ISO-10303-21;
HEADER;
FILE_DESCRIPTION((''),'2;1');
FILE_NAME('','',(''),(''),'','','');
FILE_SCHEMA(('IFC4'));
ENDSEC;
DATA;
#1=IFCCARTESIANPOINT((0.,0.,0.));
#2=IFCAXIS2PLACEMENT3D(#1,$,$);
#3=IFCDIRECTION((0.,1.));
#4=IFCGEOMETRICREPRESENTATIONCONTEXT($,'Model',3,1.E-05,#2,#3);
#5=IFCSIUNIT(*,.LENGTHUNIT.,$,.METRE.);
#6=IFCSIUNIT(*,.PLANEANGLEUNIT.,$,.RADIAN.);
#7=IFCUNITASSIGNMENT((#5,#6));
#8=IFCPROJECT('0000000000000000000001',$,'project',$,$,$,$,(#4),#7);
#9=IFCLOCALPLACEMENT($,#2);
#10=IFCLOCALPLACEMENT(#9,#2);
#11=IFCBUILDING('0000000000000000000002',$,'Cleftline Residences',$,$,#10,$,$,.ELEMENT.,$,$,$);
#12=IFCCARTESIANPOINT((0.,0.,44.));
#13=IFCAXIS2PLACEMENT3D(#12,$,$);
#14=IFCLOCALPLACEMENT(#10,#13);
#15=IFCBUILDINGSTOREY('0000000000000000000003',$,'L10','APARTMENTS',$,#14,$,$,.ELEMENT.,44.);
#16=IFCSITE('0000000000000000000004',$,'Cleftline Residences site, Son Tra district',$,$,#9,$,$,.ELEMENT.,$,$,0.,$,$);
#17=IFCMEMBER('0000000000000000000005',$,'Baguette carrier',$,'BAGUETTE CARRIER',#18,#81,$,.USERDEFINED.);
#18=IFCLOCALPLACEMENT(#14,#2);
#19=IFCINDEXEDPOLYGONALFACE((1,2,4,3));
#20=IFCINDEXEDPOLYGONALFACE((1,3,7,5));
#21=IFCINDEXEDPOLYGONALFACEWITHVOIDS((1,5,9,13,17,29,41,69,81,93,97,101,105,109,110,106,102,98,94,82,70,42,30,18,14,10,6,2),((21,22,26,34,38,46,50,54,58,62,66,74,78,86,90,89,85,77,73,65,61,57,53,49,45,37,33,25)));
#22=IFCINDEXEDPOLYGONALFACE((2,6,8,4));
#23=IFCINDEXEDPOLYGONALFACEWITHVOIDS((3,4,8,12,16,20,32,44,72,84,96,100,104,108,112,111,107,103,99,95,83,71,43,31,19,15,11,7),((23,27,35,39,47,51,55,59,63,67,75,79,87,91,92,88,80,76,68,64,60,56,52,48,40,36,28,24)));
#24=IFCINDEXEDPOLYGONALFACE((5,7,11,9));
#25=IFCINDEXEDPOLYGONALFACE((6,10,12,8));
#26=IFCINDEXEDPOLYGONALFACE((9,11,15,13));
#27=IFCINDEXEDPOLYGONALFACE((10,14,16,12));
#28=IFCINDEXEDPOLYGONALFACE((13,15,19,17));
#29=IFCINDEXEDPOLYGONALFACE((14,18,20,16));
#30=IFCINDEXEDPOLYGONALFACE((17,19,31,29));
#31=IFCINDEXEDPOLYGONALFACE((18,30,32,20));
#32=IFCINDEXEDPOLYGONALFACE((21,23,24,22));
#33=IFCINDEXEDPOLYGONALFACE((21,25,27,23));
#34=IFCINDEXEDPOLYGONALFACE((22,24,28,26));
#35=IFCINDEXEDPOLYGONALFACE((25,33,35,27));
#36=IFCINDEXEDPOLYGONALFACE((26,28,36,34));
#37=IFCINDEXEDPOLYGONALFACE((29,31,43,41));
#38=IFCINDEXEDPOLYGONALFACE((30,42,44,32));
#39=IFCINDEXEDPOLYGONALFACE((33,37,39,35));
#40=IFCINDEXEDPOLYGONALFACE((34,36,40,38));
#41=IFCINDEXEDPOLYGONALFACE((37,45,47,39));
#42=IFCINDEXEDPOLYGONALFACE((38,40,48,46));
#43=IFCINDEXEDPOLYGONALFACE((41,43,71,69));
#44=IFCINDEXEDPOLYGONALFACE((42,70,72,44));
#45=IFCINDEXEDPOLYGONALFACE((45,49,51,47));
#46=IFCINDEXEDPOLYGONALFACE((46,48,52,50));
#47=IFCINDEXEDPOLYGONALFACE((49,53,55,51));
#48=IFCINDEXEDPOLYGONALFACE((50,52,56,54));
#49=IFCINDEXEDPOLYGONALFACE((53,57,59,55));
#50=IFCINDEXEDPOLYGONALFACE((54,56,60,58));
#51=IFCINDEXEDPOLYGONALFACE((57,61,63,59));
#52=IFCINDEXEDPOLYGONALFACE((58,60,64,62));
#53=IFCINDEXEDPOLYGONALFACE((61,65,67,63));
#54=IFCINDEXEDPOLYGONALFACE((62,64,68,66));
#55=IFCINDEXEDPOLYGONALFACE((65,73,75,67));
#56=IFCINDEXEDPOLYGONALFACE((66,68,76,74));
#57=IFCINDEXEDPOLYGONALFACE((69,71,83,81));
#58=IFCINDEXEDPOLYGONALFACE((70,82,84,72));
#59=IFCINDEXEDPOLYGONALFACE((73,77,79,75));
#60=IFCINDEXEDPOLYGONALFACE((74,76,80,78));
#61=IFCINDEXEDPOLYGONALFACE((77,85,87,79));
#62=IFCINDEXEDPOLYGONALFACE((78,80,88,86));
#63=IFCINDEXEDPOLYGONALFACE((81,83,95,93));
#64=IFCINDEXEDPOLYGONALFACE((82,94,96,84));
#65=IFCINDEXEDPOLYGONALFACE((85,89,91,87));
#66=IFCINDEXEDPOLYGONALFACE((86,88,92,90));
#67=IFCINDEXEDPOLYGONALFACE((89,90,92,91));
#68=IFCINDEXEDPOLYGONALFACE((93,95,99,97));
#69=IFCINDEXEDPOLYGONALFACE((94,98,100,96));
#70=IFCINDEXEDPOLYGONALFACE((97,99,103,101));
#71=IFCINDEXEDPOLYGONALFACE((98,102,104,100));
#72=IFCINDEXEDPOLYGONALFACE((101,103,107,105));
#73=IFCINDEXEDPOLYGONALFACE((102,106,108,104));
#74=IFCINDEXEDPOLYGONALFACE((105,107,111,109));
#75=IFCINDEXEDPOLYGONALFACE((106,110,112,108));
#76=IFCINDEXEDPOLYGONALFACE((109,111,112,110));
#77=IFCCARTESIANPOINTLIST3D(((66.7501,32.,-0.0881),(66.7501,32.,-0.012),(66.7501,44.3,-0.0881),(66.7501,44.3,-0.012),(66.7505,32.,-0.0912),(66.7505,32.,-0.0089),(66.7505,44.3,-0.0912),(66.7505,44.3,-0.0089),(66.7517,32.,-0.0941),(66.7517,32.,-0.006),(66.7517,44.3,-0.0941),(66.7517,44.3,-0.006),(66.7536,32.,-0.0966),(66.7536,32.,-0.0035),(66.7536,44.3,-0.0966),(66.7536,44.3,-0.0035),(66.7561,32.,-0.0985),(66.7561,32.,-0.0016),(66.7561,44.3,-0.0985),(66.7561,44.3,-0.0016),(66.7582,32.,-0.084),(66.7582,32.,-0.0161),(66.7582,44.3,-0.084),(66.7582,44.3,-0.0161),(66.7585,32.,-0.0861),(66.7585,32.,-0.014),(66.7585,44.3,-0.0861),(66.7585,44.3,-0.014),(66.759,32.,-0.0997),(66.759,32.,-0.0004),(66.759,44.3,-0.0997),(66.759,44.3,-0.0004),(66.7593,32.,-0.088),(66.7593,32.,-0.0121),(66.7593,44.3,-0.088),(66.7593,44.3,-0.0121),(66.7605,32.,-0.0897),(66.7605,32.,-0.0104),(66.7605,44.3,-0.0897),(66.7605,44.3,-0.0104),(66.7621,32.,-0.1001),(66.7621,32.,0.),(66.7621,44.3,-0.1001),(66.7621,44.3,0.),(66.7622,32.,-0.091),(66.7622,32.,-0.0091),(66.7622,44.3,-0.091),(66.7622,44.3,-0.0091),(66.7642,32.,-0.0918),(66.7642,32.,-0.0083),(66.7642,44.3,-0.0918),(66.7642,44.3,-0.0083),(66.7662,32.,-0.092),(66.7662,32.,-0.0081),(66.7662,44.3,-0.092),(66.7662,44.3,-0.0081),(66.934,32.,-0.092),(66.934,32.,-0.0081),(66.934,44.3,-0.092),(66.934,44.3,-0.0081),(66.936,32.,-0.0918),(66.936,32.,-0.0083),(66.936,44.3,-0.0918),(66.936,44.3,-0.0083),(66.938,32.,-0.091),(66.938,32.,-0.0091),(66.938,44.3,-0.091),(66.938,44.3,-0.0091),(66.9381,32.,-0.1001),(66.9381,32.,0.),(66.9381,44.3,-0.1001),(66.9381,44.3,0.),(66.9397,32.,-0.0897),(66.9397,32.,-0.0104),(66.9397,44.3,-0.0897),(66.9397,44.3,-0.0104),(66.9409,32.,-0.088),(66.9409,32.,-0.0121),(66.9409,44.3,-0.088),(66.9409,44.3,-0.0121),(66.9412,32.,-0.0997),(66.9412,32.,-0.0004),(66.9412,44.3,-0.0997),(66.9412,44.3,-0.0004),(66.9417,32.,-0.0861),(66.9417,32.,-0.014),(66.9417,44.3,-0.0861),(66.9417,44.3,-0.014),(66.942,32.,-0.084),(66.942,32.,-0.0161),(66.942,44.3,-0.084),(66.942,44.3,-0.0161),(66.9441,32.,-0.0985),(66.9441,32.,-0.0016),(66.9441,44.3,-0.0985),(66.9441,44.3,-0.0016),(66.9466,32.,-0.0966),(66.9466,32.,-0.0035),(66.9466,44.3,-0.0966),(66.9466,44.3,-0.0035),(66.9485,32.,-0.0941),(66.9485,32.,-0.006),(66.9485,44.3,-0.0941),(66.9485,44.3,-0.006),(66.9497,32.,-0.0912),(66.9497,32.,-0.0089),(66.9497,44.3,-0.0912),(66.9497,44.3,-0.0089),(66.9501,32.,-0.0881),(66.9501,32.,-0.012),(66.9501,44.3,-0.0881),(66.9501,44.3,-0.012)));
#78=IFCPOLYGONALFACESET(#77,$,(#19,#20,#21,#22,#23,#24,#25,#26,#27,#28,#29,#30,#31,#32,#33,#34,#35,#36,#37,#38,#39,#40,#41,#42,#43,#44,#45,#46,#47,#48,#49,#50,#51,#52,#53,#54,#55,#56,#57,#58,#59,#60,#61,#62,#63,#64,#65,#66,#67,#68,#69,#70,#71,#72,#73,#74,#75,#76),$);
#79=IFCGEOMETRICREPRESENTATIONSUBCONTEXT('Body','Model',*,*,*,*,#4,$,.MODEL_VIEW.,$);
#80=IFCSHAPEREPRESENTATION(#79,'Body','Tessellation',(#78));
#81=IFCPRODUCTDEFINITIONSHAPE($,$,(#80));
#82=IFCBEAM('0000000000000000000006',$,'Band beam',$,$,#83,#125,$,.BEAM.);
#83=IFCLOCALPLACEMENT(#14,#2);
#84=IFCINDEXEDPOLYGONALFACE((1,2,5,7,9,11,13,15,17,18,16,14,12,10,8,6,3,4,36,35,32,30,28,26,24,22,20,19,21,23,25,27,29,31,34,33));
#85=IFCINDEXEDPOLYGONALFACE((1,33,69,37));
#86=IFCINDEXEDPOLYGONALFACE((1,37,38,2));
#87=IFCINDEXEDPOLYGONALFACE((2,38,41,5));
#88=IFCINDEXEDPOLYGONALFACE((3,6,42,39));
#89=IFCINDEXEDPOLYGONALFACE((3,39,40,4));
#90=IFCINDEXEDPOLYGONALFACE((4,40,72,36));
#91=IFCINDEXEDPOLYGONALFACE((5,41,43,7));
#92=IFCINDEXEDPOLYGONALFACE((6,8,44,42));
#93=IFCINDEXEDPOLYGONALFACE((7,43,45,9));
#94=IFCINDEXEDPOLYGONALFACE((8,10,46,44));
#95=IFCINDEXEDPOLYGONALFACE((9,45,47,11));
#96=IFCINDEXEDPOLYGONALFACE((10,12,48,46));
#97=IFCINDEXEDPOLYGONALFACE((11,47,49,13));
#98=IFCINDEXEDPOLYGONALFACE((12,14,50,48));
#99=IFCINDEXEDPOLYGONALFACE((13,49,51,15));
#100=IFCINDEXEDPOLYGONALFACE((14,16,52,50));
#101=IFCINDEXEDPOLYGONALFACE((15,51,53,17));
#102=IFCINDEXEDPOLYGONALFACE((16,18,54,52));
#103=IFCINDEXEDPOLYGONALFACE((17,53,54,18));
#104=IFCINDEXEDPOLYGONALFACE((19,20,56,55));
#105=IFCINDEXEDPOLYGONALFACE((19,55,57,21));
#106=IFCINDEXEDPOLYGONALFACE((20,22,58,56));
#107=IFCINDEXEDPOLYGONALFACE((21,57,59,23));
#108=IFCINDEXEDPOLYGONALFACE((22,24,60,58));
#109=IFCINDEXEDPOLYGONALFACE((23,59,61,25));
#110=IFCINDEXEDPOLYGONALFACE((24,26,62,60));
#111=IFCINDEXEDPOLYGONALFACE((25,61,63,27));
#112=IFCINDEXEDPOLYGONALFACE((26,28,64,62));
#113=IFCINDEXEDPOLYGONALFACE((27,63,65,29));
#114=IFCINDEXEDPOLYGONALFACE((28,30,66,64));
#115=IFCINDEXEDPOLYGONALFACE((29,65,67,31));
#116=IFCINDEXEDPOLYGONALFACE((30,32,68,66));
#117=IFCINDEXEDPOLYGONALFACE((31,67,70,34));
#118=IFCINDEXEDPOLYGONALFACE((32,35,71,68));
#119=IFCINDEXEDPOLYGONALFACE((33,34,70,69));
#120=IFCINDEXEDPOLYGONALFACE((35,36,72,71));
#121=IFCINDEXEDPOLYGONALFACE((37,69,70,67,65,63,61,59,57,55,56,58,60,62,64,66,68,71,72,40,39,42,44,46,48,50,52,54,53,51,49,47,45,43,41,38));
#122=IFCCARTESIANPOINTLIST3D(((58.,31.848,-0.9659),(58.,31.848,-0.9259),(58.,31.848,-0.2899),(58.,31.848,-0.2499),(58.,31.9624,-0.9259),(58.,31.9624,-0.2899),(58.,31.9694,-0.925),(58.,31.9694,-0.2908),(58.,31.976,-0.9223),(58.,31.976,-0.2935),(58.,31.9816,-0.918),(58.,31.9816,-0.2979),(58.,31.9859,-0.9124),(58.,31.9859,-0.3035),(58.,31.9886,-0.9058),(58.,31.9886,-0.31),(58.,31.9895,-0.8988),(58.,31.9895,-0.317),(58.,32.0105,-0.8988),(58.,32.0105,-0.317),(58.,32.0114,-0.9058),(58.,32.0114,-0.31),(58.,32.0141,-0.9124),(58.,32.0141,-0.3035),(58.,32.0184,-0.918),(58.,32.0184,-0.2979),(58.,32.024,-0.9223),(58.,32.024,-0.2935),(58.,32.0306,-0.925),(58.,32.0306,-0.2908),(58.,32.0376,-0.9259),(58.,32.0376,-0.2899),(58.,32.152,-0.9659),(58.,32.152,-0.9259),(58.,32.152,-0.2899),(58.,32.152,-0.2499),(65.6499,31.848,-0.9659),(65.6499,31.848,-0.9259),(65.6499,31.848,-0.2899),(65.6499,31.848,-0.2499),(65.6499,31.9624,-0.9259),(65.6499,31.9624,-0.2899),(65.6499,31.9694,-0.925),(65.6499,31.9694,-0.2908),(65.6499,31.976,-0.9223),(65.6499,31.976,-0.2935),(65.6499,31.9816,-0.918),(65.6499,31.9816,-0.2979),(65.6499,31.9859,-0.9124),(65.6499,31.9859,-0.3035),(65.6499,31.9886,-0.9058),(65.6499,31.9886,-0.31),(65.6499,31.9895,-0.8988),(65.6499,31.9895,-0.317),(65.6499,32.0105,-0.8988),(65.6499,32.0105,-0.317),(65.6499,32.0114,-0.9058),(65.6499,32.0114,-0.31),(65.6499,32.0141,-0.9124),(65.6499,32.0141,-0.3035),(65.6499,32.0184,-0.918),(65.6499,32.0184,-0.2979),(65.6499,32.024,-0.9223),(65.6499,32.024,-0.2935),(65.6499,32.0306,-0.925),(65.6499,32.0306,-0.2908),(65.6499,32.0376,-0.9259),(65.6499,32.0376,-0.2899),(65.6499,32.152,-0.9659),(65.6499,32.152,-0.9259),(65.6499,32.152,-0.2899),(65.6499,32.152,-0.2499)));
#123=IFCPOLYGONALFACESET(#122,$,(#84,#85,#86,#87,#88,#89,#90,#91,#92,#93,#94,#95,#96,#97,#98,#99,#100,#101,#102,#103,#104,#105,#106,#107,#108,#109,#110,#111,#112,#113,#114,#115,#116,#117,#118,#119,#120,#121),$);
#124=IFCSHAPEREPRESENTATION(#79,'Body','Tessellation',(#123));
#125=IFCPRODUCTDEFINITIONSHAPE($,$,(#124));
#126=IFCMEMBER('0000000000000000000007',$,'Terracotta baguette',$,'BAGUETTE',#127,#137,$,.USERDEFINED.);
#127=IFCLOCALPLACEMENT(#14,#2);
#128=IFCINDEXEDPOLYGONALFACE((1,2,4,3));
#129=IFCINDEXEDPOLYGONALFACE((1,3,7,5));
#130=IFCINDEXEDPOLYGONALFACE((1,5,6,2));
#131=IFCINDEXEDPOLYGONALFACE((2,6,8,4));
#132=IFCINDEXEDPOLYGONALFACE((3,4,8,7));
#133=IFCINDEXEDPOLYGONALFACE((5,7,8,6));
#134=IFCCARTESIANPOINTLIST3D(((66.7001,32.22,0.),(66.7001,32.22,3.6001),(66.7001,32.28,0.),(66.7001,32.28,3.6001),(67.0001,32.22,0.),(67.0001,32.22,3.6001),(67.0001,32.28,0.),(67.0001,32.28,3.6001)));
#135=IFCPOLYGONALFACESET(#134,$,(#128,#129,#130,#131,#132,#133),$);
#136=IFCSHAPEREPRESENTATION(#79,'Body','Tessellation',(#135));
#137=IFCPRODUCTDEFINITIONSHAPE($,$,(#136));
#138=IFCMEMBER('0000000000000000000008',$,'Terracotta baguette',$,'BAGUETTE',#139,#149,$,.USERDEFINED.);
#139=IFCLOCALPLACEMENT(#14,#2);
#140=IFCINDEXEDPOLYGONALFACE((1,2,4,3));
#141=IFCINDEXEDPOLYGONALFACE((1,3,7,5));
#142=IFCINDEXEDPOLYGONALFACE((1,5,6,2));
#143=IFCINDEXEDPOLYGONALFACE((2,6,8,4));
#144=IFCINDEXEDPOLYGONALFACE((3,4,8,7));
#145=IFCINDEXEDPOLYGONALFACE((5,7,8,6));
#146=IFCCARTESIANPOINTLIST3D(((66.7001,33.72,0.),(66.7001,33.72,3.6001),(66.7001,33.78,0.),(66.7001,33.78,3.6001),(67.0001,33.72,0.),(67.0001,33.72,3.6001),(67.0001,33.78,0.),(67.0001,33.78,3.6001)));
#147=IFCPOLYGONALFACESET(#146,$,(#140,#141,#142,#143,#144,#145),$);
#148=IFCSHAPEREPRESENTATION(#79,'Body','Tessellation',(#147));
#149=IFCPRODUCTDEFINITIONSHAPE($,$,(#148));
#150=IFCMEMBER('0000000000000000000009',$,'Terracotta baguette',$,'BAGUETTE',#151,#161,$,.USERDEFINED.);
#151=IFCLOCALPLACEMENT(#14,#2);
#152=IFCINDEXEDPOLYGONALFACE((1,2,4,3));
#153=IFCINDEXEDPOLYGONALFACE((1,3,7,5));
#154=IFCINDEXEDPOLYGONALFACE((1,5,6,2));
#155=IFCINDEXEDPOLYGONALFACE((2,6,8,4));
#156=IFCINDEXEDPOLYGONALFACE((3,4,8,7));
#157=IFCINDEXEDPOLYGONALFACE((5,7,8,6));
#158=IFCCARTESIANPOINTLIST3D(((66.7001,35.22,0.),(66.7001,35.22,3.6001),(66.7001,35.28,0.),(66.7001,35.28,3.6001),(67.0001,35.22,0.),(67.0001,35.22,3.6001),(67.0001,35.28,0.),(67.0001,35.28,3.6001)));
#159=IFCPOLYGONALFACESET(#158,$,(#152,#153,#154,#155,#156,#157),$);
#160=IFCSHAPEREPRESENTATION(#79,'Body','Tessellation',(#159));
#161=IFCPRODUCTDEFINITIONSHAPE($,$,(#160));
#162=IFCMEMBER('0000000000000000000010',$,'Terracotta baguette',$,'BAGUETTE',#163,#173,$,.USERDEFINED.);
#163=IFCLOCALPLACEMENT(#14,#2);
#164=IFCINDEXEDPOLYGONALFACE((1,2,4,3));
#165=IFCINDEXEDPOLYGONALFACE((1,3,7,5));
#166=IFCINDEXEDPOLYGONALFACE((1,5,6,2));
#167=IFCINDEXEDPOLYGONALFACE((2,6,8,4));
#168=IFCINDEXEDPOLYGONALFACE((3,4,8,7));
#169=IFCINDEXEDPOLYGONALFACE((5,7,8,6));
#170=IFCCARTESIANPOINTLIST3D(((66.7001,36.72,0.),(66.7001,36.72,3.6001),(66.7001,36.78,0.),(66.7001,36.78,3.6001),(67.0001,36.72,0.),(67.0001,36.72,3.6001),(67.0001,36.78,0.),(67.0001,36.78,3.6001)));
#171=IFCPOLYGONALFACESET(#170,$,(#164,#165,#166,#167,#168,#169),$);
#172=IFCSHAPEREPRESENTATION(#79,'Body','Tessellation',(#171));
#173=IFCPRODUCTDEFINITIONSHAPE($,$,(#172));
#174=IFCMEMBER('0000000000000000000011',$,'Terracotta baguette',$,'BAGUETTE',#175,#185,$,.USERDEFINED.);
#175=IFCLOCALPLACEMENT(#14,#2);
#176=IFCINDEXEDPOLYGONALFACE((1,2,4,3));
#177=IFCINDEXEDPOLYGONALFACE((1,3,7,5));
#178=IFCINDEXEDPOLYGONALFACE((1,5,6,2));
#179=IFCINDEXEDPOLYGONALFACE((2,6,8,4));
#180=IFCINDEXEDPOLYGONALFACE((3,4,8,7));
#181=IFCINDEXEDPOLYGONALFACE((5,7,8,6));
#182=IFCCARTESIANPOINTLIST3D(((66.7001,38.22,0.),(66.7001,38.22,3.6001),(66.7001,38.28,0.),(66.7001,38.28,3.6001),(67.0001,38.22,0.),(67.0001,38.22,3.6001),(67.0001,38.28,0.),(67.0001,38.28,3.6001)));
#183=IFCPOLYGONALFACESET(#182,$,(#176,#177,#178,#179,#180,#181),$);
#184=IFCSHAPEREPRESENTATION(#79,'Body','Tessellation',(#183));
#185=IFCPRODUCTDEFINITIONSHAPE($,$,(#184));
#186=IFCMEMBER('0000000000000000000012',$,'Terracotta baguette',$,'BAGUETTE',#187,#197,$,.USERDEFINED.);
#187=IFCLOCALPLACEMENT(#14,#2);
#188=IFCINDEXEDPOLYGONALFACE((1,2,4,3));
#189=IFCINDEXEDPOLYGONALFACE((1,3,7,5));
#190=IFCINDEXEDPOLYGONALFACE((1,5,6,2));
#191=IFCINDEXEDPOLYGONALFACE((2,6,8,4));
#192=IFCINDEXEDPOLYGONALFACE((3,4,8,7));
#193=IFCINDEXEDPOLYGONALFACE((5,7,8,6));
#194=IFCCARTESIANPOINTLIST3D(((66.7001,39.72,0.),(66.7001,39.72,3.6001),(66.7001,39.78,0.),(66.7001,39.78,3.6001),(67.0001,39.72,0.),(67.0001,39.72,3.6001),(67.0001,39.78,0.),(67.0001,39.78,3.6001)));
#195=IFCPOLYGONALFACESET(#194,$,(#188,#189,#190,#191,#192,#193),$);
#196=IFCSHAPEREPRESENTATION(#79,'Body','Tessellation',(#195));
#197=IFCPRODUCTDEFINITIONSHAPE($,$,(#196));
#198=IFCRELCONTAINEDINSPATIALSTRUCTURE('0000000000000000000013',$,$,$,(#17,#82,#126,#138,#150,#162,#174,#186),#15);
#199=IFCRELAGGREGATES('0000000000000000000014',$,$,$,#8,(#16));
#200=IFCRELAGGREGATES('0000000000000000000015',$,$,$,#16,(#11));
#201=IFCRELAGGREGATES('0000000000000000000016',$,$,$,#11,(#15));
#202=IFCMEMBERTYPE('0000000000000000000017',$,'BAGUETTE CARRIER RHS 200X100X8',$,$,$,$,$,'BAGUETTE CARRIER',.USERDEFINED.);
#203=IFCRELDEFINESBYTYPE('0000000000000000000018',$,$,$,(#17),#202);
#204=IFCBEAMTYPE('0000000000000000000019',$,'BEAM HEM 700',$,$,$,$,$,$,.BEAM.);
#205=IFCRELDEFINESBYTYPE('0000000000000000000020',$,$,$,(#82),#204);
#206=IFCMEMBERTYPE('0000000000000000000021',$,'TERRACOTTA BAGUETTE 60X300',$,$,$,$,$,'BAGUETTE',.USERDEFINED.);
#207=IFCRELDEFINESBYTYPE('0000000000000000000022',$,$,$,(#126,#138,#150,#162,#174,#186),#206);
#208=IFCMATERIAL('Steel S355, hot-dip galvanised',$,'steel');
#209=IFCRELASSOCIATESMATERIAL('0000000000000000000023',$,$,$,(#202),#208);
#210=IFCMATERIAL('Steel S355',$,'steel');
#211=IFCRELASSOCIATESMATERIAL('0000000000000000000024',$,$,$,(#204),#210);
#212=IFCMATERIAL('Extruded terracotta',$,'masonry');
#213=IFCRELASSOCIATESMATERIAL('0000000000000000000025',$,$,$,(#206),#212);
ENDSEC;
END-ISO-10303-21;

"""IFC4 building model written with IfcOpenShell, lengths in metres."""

from ifc_helpers import new_model, si_unit, direction, frame, origin, origin_2d, place, context, subcontext, project, spatial, rectangle, hollow_rectangle, i_section, extrude, material, material_profile, profile_set, type_object, element, save


model = new_model("IFC4")

# Units and contexts
model_context = context("Model", 3, precision=1e-05, world=origin(), true_north=direction((0.0, 1.0)))
body_context = subcontext(model_context, "Body", "Model", "MODEL_VIEW")
ifc_project = project(units=[si_unit("LENGTHUNIT", "METRE"), si_unit("PLANEANGLEUNIT", "RADIAN")], contexts=[model_context])

# Site, building, storey
site_placement = place(None, origin())
site = spatial("IfcSite", under=ifc_project, at=site_placement, Name="Cleftline Residences site, Son Tra district", CompositionType="ELEMENT", RefElevation=0.0)
building_placement = place(site_placement, origin())
building = spatial("IfcBuilding", under=site, at=building_placement, Name="Cleftline Residences", CompositionType="ELEMENT")
storey_placement = place(building_placement, frame((0.0, 0.0, 44.0)))
storey = spatial("IfcBuildingStorey", under=building, at=storey_placement, Name="L10", Description="APARTMENTS", CompositionType="ELEMENT", Elevation=44.0)

# Member
ifc_material_1 = material(Name="Steel S355, hot-dip galvanised", Category="steel")
ifc_material_profile_1 = material_profile(ifc_material_1, hollow_rectangle(XDim=0.1001, YDim=0.2, WallThickness=0.0081, InnerFilletRadius=0.0081, OuterFilletRadius=0.012, at=origin_2d()))
ifc_profile_set_1 = profile_set([ifc_material_profile_1], Name="Steel S355, hot-dip galvanised")
member_type_1 = type_object("IfcMemberType", Name="BAGUETTE CARRIER RHS 200X100X8", ElementType="BAGUETTE CARRIER", PredefinedType="USERDEFINED", material=ifc_profile_set_1)
member_placement = place(storey_placement, frame((66.8501, 32.0, -0.05), z_axis=(0.0, 1.0, 0.0), x_axis=(0.0, 0.0, 1.0)))
element("IfcMember", 1, at=member_placement, inside=storey, type_object=member_type_1, Name="Baguette carrier", ObjectType="BAGUETTE CARRIER", PredefinedType="USERDEFINED", context=body_context, shape_type="SweptSolid", body=[
    extrude(hollow_rectangle(XDim=0.1001, YDim=0.2, WallThickness=0.0081, InnerFilletRadius=0.0081, OuterFilletRadius=0.012, at=origin_2d()), origin(), (0.0, 0.0, 1.0), 12.3),
])

# Beam
ifc_material_2 = material(Name="Steel S355", Category="steel")
ifc_material_profile_2 = material_profile(ifc_material_2, i_section(OverallWidth=0.304, OverallDepth=0.7161, WebThickness=0.021, FlangeThickness=0.04, FilletRadius=0.0271, at=origin_2d()))
ifc_profile_set_2 = profile_set([ifc_material_profile_2], Name="Steel S355")
beam_type = type_object("IfcBeamType", Name="BEAM HEM 700", PredefinedType="BEAM", material=ifc_profile_set_2)
beam_placement = place(storey_placement, frame((65.6499, 32.0, -0.6079), z_axis=(-1.0, 0.0, 0.0), x_axis=(0.0, -1.0, 0.0)))
element("IfcBeam", 2, at=beam_placement, inside=storey, type_object=beam_type, Name="Band beam", PredefinedType="BEAM", context=body_context, shape_type="SweptSolid", body=[
    extrude(i_section(OverallWidth=0.304, OverallDepth=0.7161, WebThickness=0.021, FlangeThickness=0.04, FilletRadius=0.0271, at=origin_2d()), origin(), (0.0, 0.0, 1.0), 7.6499),
])

# Members
ifc_material_3 = material(Name="Extruded terracotta", Category="masonry")
ifc_material_profile_3 = material_profile(ifc_material_3, rectangle(XDim=0.0601, YDim=0.3, at=origin_2d()))
ifc_profile_set_3 = profile_set([ifc_material_profile_3], Name="Extruded terracotta")
member_type_2 = type_object("IfcMemberType", Name="TERRACOTTA BAGUETTE 60X300", ElementType="BAGUETTE", PredefinedType="USERDEFINED", material=ifc_profile_set_3)
for number, where, z_axis, x_axis, name in (
    (3, (66.8501, 32.25, 0.0), (0.0, 0.0, 1.0), (0.0, 1.0, 0.0), "Terracotta baguette"),
    (4, (66.8501, 33.75, 0.0), (0.0, 0.0, 1.0), (0.0, 1.0, 0.0), "Terracotta baguette"),
    (5, (66.8501, 35.25, 0.0), (0.0, 0.0, 1.0), (0.0, 1.0, 0.0), "Terracotta baguette"),
    (6, (66.8501, 36.75, 0.0), (0.0, 0.0, 1.0), (0.0, 1.0, 0.0), "Terracotta baguette"),
    (7, (66.8501, 38.25, 0.0), (0.0, 0.0, 1.0), (0.0, 1.0, 0.0), "Terracotta baguette"),
    (8, (66.8501, 39.75, 0.0), (0.0, 0.0, 1.0), (0.0, 1.0, 0.0), "Terracotta baguette"),
):
    element("IfcMember", number, at=place(storey_placement, frame(where, z_axis=z_axis, x_axis=x_axis)), inside=storey, type_object=member_type_2, Name=name, ObjectType="BAGUETTE", PredefinedType="USERDEFINED", context=body_context, shape_type="SweptSolid", body=[
        extrude(rectangle(XDim=0.0601, YDim=0.3, at=origin_2d()), origin(), (0.0, 0.0, 1.0), 3.6001),
    ])

save(model, "model.ifc")
